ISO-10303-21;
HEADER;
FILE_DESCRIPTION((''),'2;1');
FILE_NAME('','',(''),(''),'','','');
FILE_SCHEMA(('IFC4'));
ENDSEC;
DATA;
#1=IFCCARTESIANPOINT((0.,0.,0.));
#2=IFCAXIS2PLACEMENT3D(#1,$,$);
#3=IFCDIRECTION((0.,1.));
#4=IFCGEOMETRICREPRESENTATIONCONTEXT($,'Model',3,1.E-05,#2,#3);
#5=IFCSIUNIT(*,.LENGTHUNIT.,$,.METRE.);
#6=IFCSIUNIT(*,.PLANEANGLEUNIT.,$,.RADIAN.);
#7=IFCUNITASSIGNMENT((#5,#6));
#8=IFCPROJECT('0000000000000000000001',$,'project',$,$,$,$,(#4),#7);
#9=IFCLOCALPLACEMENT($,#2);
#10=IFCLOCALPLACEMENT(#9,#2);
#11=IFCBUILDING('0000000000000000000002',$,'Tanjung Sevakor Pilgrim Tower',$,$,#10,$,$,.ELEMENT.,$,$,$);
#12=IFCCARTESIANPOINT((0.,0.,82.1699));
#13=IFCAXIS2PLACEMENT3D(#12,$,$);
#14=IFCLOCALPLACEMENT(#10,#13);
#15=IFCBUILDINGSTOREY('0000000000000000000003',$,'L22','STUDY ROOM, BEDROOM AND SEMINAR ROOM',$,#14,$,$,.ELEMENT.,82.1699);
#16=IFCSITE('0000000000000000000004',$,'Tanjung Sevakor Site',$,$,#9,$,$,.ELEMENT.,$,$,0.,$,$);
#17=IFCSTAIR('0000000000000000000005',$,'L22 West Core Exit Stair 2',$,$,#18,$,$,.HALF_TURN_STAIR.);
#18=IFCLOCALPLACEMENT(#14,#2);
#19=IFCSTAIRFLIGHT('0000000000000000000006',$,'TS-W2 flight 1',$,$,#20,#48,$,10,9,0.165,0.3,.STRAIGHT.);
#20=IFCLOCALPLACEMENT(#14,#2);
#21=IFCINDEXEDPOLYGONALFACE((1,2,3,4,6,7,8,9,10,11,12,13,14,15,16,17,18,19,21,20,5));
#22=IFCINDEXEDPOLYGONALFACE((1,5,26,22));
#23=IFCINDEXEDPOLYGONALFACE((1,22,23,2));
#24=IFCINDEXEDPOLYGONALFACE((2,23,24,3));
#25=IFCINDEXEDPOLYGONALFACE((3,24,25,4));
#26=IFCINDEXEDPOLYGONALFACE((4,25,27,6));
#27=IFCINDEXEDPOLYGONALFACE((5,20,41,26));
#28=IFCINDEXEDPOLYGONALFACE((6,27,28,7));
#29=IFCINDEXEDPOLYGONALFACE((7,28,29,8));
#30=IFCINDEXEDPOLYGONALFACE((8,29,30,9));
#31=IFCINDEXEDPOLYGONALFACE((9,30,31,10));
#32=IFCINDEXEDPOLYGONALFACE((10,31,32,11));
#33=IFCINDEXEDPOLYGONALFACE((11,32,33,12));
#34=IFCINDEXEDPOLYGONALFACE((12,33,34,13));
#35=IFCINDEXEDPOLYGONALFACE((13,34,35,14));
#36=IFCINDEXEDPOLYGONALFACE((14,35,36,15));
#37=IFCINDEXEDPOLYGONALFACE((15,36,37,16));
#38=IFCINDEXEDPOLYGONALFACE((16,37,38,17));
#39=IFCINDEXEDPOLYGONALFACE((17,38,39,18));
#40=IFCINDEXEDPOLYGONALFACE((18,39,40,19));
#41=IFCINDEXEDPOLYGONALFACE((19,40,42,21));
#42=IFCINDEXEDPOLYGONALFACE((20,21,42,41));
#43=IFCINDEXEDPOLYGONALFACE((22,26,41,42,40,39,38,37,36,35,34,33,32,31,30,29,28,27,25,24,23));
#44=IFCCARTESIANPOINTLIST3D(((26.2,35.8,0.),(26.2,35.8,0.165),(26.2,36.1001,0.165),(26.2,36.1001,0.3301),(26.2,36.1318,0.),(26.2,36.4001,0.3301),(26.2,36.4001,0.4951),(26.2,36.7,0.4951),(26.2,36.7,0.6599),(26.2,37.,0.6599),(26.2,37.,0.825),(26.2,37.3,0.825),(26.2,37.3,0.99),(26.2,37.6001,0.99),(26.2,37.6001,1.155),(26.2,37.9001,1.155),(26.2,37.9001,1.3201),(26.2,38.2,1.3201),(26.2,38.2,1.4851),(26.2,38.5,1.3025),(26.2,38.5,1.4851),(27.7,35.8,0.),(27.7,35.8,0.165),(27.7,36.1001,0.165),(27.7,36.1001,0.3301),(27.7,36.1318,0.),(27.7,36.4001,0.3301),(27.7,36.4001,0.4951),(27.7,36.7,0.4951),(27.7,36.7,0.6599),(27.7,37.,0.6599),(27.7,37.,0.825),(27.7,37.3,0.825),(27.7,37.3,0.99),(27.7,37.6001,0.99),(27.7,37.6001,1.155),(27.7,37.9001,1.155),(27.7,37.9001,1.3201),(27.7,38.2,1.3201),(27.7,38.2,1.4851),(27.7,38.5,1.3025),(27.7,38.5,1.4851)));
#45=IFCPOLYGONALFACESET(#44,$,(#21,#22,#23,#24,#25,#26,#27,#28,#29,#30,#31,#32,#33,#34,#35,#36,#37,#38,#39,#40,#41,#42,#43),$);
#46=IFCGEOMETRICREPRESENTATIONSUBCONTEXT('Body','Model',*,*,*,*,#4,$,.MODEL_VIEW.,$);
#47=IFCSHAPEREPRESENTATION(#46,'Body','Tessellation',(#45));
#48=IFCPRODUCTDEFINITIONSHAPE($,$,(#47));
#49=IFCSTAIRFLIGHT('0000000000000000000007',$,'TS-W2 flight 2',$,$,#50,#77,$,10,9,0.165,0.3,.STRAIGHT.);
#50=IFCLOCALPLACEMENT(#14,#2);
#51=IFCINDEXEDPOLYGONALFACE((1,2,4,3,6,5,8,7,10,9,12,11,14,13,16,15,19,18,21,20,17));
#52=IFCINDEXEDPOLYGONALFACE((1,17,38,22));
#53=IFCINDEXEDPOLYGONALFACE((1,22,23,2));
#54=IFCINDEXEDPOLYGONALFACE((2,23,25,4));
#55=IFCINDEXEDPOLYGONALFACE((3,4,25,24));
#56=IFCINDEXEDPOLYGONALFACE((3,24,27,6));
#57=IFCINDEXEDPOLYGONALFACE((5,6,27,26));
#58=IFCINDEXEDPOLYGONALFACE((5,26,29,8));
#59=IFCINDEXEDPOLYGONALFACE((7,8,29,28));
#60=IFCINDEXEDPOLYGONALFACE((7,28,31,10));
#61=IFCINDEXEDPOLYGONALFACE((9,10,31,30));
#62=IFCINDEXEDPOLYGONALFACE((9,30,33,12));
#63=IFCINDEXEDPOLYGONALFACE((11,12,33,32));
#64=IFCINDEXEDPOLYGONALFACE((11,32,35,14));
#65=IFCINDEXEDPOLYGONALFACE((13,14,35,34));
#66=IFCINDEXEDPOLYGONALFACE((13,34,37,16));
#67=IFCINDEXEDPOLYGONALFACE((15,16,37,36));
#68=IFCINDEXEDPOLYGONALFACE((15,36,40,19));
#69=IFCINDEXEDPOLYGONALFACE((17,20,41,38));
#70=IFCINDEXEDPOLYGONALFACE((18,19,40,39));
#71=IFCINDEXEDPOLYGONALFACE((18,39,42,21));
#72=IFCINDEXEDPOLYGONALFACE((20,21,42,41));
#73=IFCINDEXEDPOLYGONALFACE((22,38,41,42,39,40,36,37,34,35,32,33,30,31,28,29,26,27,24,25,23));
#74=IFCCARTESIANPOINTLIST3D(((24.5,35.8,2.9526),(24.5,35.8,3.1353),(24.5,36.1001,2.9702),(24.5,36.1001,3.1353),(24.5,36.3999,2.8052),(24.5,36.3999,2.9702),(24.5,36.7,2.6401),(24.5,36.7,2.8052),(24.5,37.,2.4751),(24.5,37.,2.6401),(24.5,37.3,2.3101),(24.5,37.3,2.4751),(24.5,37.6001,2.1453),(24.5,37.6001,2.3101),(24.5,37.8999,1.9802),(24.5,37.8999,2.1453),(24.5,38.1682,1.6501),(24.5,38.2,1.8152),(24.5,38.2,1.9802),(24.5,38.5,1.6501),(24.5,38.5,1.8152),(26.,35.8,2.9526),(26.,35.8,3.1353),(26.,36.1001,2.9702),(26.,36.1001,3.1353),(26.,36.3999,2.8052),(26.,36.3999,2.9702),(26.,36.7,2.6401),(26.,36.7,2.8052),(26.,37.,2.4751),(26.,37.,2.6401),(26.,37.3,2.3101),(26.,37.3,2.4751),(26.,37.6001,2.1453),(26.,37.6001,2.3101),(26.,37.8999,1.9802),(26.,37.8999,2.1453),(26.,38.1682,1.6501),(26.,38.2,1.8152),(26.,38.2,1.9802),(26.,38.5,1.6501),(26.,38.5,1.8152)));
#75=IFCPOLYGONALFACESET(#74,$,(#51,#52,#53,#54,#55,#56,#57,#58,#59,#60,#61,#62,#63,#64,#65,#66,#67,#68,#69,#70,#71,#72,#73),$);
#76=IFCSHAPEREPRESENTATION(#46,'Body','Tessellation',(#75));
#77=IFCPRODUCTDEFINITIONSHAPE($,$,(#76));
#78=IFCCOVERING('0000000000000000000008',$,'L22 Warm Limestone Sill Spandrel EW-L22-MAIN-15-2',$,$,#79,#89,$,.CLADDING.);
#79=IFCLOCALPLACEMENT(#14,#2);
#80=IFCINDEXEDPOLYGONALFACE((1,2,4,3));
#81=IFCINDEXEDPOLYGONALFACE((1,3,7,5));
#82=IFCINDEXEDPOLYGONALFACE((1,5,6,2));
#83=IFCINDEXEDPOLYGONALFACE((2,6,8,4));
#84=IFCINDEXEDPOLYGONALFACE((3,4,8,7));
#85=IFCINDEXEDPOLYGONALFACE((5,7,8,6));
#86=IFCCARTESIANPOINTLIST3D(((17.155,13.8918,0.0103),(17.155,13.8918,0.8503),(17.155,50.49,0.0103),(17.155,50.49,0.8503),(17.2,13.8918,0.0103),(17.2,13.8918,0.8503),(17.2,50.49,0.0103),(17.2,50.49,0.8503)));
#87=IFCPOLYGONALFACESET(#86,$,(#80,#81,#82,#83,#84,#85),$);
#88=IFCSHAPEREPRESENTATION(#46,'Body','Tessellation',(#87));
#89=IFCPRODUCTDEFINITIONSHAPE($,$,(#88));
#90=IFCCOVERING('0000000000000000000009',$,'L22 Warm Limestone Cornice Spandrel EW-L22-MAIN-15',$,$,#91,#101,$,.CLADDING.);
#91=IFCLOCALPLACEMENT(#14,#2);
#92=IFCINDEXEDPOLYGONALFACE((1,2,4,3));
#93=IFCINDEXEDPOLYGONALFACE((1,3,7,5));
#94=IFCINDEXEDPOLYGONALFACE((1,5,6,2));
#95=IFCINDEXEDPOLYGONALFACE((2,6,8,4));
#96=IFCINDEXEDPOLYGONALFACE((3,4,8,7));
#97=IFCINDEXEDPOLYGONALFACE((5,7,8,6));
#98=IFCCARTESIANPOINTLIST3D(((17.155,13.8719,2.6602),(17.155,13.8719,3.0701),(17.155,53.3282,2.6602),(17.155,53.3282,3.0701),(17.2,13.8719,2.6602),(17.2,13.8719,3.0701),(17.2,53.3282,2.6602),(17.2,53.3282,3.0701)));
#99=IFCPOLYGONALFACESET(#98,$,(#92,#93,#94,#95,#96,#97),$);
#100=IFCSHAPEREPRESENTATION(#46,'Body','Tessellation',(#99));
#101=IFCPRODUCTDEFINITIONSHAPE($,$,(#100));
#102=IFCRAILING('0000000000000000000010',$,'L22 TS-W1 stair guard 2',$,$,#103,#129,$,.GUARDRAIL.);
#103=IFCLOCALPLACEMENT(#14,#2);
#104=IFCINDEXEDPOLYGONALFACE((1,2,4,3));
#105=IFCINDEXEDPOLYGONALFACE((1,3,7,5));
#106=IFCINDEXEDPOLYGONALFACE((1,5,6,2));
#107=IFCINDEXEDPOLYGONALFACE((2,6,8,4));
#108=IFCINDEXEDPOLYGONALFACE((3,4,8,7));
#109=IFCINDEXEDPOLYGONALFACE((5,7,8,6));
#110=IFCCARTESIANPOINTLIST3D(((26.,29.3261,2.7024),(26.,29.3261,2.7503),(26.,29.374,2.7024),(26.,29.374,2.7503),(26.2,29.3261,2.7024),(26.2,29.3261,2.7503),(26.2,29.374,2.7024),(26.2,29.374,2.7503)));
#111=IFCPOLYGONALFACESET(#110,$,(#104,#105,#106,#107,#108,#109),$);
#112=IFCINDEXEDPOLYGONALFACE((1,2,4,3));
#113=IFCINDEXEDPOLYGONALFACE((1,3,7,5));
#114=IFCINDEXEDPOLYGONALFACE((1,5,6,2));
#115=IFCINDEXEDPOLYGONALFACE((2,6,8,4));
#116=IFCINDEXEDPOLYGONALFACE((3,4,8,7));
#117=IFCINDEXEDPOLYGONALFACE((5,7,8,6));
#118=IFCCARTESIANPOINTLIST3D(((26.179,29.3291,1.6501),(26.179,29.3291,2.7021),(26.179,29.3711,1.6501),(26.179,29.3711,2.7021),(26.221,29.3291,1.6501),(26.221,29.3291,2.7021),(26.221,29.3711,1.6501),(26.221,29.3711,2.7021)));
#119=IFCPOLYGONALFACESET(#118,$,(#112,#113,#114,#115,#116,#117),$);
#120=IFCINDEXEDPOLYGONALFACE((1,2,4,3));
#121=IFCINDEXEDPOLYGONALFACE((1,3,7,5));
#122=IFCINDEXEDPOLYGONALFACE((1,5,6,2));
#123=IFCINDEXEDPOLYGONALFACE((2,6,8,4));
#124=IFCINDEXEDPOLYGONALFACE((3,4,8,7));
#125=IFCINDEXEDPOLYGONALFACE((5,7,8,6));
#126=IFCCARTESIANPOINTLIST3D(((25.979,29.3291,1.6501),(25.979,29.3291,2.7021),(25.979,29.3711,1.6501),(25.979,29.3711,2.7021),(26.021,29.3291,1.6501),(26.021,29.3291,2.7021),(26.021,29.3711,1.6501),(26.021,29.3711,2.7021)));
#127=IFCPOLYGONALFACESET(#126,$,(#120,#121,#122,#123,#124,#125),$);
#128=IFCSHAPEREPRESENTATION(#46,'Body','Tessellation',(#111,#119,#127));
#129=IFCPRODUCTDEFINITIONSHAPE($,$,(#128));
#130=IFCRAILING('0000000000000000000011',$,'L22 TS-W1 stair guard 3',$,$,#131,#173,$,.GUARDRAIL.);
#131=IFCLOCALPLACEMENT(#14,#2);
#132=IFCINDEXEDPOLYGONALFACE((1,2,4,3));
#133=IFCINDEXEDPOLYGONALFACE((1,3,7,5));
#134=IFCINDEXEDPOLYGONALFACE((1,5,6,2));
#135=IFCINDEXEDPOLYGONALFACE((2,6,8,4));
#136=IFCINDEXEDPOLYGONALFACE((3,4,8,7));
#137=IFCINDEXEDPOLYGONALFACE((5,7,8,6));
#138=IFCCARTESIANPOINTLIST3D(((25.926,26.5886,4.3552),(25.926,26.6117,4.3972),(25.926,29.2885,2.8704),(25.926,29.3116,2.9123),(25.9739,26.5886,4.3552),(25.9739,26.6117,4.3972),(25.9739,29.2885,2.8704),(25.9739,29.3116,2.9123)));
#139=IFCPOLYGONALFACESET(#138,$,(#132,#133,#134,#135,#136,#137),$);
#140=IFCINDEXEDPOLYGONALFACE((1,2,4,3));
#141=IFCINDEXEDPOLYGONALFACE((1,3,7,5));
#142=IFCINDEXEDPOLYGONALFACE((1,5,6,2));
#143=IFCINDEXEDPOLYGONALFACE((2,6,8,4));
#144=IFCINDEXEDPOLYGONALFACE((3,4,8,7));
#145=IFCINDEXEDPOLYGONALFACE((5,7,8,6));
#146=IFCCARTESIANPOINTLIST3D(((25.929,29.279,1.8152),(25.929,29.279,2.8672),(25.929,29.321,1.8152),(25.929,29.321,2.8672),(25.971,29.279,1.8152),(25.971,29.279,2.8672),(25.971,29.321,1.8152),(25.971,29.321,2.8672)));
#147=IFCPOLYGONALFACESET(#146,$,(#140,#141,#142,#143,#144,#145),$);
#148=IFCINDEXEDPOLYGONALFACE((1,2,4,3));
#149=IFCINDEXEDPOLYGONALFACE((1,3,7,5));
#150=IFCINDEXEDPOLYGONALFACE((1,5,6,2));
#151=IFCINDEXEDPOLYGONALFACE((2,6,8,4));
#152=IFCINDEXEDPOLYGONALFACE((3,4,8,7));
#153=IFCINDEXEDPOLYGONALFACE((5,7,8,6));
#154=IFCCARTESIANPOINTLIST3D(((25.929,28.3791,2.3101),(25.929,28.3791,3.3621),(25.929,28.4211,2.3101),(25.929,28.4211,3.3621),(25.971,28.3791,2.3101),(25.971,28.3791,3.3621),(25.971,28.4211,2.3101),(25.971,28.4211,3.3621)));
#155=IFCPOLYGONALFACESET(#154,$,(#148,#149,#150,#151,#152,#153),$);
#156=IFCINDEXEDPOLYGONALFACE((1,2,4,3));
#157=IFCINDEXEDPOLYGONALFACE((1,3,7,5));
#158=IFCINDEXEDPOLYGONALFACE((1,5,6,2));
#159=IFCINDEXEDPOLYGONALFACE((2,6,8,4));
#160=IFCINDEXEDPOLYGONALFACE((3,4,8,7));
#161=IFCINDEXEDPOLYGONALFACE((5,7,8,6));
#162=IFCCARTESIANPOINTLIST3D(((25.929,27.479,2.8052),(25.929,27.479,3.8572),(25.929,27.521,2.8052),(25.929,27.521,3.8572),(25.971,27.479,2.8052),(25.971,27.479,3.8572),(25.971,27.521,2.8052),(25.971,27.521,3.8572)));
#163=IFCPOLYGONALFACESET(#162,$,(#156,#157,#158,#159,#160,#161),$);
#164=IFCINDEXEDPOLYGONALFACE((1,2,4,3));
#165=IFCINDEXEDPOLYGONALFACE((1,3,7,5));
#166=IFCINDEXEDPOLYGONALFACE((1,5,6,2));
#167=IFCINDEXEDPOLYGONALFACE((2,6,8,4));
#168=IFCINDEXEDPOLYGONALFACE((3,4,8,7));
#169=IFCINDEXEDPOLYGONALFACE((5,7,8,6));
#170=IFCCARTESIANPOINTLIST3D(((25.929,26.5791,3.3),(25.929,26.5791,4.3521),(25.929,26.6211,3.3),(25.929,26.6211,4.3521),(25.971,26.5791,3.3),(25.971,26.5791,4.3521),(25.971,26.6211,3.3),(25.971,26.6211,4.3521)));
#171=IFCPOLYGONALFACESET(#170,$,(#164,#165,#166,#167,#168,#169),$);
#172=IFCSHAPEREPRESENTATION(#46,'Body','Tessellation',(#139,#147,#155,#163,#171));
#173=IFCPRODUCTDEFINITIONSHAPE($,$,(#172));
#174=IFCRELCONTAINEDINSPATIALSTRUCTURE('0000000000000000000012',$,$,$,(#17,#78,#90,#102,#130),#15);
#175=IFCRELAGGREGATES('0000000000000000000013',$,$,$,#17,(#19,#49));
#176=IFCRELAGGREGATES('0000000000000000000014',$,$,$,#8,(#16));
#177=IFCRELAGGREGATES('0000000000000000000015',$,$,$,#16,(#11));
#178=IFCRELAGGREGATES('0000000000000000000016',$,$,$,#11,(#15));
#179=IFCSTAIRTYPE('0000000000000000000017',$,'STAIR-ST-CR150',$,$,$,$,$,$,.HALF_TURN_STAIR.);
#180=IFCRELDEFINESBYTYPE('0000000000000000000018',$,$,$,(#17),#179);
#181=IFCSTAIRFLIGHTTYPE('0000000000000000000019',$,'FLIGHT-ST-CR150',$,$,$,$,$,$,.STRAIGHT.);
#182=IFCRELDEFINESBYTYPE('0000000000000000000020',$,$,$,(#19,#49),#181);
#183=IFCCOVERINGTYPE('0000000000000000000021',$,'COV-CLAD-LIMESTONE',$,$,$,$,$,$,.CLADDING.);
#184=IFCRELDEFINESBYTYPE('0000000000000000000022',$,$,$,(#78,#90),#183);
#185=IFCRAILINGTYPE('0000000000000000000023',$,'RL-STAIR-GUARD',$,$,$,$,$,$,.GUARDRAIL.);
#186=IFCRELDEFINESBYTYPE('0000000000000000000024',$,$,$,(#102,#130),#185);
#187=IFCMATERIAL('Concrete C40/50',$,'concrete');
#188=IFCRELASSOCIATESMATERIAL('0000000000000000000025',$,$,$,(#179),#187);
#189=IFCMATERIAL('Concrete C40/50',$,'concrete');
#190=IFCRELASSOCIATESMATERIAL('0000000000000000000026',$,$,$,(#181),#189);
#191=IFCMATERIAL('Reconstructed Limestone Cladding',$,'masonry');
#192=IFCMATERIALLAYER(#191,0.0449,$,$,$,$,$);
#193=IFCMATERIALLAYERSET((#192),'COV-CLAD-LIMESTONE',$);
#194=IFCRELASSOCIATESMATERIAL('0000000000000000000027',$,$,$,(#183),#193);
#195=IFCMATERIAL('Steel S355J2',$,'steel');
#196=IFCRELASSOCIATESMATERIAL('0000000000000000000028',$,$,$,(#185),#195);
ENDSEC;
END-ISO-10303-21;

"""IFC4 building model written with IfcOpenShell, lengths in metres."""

from ifc_helpers import new_model, si_unit, direction, frame, origin, origin_2d, place, context, subcontext, project, spatial, polyline, rectangle, outline, extrude, material, layer, layer_set, type_object, element, aggregate, save


model = new_model("IFC4")

# Units and contexts
model_context = context("Model", 3, precision=1e-05, world=origin(), true_north=direction((0.0, 1.0)))
body_context = subcontext(model_context, "Body", "Model", "MODEL_VIEW")
ifc_project = project(units=[si_unit("LENGTHUNIT", "METRE"), si_unit("PLANEANGLEUNIT", "RADIAN")], contexts=[model_context])

# Site, building, storey
site_placement = place(None, origin())
site = spatial("IfcSite", under=ifc_project, at=site_placement, Name="Tanjung Sevakor Site", CompositionType="ELEMENT", RefElevation=0.0)
building_placement = place(site_placement, origin())
building = spatial("IfcBuilding", under=site, at=building_placement, Name="Tanjung Sevakor Pilgrim Tower", CompositionType="ELEMENT")
storey_placement = place(building_placement, frame((0.0, 0.0, 82.1699)))
storey = spatial("IfcBuildingStorey", under=building, at=storey_placement, Name="L22", Description="STUDY ROOM, BEDROOM AND SEMINAR ROOM", CompositionType="ELEMENT", Elevation=82.1699)

# Shared definitions
ifc_material_1 = material(Name="Concrete C40/50", Category="concrete")
stair_type = type_object("IfcStairType", Name="STAIR-ST-CR150", PredefinedType="HALF_TURN_STAIR", material=ifc_material_1)
ifc_material_2 = material(Name="Concrete C40/50", Category="concrete")
stair_flight_type = type_object("IfcStairFlightType", Name="FLIGHT-ST-CR150", PredefinedType="STRAIGHT", material=ifc_material_2)

# Stair, stair flights
stair_1_placement = place(storey_placement, origin())
stair_1 = element("IfcStair", 1, at=stair_1_placement, inside=storey, type_object=stair_type, Name="L22 West Core Exit Stair 2", PredefinedType="HALF_TURN_STAIR")
stair_flight_1_placement = place(storey_placement, frame((26.95, 35.8, 0.0), z_axis=(0.0, 0.0, 1.0), x_axis=(0.0, 1.0, 0.0)))
stair_flight_1 = element("IfcStairFlight", 2, at=stair_flight_1_placement, type_object=stair_flight_type, Name="TS-W2 flight 1", NumberOfRisers=10, NumberOfTreads=9, PredefinedType="STRAIGHT", RiserHeight=0.165, TreadLength=0.3, context=body_context, shape_type="SweptSolid", body=[
    extrude(outline(polyline([(0.0, 0.0), (0.0, 0.165), (0.3, 0.165), (0.3, 0.3301), (0.6001, 0.3301), (0.6001, 0.4951), (0.8999, 0.4951), (0.8999, 0.6599), (1.2, 0.6599), (1.2, 0.825), (1.5, 0.825), (1.5, 0.99), (1.8, 0.99), (1.8, 1.155), (2.1001, 1.155), (2.1001, 1.3201), (2.3999, 1.3201), (2.3999, 1.4851), (2.7, 1.4851), (2.7, 1.6499), (2.7, 1.3025), (0.3318, 0.0), (0.0, 0.0)])), frame((0.0, 0.75, 0.0), z_axis=(0.0, -1.0, 0.0), x_axis=(1.0, 0.0, 0.0)), (0.0, 0.0, 1.0), 1.5),
])
stair_flight_2_placement = place(storey_placement, frame((25.25, 38.5, 1.6501), z_axis=(0.0, 0.0, 1.0), x_axis=(0.0, -1.0, 0.0)))
stair_flight_2 = element("IfcStairFlight", 3, at=stair_flight_2_placement, type_object=stair_flight_type, Name="TS-W2 flight 2", NumberOfRisers=10, NumberOfTreads=9, PredefinedType="STRAIGHT", RiserHeight=0.165, TreadLength=0.3, context=body_context, shape_type="SweptSolid", body=[
    extrude(outline(polyline([(0.0, 0.0), (0.0, 0.165), (0.3, 0.165), (0.3, 0.3301), (0.6001, 0.3301), (0.6001, 0.4951), (0.8999, 0.4951), (0.8999, 0.6599), (1.2, 0.6599), (1.2, 0.825), (1.5, 0.825), (1.5, 0.99), (1.8, 0.99), (1.8, 1.155), (2.1001, 1.155), (2.1001, 1.3201), (2.3999, 1.3201), (2.3999, 1.4851), (2.7, 1.4851), (2.7, 1.6499), (2.7, 1.3025), (0.3318, 0.0), (0.0, 0.0)])), frame((0.0, 0.75, 0.0), z_axis=(0.0, -1.0, 0.0), x_axis=(1.0, 0.0, 0.0)), (0.0, 0.0, 1.0), 1.5),
])
aggregate(stair_1, [stair_flight_1, stair_flight_2])

# Coverings
ifc_material_3 = material(Name="Reconstructed Limestone Cladding", Category="masonry")
ifc_layer_1 = layer(ifc_material_3, 0.0449)
ifc_layer_set_1 = layer_set([ifc_layer_1], Name="COV-CLAD-LIMESTONE")
covering_type = type_object("IfcCoveringType", Name="COV-CLAD-LIMESTONE", PredefinedType="CLADDING", material=ifc_layer_set_1)
covering_1_placement = place(storey_placement, frame((17.1775, 32.1909, 0.0103), z_axis=(0.0, 0.0, 1.0), x_axis=(0.0, -1.0, 0.0)))
element("IfcCovering", 4, at=covering_1_placement, inside=storey, type_object=covering_type, Name="L22 Warm Limestone Sill Spandrel EW-L22-MAIN-15-2", PredefinedType="CLADDING", context=body_context, shape_type="SweptSolid", body=[
    extrude(rectangle(XDim=36.5981, YDim=0.0449, at=origin_2d()), origin(), (0.0, 0.0, 1.0), 0.8401),
])
covering_2_placement = place(storey_placement, frame((17.1775, 33.6001, 2.6602), z_axis=(0.0, 0.0, 1.0), x_axis=(0.0, -1.0, 0.0)))
element("IfcCovering", 5, at=covering_2_placement, inside=storey, type_object=covering_type, Name="L22 Warm Limestone Cornice Spandrel EW-L22-MAIN-15", PredefinedType="CLADDING", context=body_context, shape_type="SweptSolid", body=[
    extrude(rectangle(XDim=39.4563, YDim=0.0449, at=origin_2d()), origin(), (0.0, 0.0, 1.0), 0.4099),
])

# Railings
ifc_material_4 = material(Name="Steel S355J2", Category="steel")
railing_type_1 = type_object("IfcRailingType", Name="RL-STAIR-GUARD", PredefinedType="GUARDRAIL", material=ifc_material_4)
railing_1_placement = place(storey_placement, frame((26.2, 29.3501, 1.6501)))
element("IfcRailing", 6, at=railing_1_placement, inside=storey, type_object=railing_type_1, Name="L22 TS-W1 stair guard 2", PredefinedType="GUARDRAIL", context=body_context, shape_type="SweptSolid", body=[
    extrude(rectangle(XDim=0.0479, YDim=0.0479), frame((0.0, 0.0, 1.0762), z_axis=(-1.0, 0.0, 0.0), x_axis=(0.0, -1.0, 0.0)), (0.0, 0.0, 1.0), 0.2),
    extrude(rectangle(XDim=0.042, YDim=0.042), origin(), (0.0, 0.0, 1.0), 1.052),
    extrude(rectangle(XDim=0.042, YDim=0.042), frame((-0.2, 0.0, 0.0)), (0.0, 0.0, 1.0), 1.052),
])
railing_2_placement = place(storey_placement, frame((25.95, 29.3, 1.8152)))
element("IfcRailing", 7, at=railing_2_placement, inside=storey, type_object=railing_type_1, Name="L22 TS-W1 stair guard 3", PredefinedType="GUARDRAIL", context=body_context, shape_type="SweptSolid", body=[
    extrude(rectangle(XDim=0.0479, YDim=0.0479), frame((0.0, 0.0, 1.0762), z_axis=(0.0, -0.876231, 0.481891), x_axis=(1.0, 0.0, 0.0)), (0.0, 0.0, 1.0), 3.0813),
    extrude(rectangle(XDim=0.042, YDim=0.042), origin(), (0.0, 0.0, 1.0), 1.052),
    extrude(rectangle(XDim=0.042, YDim=0.042), frame((0.0, -0.8999, 0.4949)), (0.0, 0.0, 1.0), 1.052),
    extrude(rectangle(XDim=0.042, YDim=0.042), frame((0.0, -1.8, 0.99)), (0.0, 0.0, 1.0), 1.052),
    extrude(rectangle(XDim=0.042, YDim=0.042), frame((0.0, -2.7, 1.4849)), (0.0, 0.0, 1.0), 1.052),
])

save(model, "model.ifc")
